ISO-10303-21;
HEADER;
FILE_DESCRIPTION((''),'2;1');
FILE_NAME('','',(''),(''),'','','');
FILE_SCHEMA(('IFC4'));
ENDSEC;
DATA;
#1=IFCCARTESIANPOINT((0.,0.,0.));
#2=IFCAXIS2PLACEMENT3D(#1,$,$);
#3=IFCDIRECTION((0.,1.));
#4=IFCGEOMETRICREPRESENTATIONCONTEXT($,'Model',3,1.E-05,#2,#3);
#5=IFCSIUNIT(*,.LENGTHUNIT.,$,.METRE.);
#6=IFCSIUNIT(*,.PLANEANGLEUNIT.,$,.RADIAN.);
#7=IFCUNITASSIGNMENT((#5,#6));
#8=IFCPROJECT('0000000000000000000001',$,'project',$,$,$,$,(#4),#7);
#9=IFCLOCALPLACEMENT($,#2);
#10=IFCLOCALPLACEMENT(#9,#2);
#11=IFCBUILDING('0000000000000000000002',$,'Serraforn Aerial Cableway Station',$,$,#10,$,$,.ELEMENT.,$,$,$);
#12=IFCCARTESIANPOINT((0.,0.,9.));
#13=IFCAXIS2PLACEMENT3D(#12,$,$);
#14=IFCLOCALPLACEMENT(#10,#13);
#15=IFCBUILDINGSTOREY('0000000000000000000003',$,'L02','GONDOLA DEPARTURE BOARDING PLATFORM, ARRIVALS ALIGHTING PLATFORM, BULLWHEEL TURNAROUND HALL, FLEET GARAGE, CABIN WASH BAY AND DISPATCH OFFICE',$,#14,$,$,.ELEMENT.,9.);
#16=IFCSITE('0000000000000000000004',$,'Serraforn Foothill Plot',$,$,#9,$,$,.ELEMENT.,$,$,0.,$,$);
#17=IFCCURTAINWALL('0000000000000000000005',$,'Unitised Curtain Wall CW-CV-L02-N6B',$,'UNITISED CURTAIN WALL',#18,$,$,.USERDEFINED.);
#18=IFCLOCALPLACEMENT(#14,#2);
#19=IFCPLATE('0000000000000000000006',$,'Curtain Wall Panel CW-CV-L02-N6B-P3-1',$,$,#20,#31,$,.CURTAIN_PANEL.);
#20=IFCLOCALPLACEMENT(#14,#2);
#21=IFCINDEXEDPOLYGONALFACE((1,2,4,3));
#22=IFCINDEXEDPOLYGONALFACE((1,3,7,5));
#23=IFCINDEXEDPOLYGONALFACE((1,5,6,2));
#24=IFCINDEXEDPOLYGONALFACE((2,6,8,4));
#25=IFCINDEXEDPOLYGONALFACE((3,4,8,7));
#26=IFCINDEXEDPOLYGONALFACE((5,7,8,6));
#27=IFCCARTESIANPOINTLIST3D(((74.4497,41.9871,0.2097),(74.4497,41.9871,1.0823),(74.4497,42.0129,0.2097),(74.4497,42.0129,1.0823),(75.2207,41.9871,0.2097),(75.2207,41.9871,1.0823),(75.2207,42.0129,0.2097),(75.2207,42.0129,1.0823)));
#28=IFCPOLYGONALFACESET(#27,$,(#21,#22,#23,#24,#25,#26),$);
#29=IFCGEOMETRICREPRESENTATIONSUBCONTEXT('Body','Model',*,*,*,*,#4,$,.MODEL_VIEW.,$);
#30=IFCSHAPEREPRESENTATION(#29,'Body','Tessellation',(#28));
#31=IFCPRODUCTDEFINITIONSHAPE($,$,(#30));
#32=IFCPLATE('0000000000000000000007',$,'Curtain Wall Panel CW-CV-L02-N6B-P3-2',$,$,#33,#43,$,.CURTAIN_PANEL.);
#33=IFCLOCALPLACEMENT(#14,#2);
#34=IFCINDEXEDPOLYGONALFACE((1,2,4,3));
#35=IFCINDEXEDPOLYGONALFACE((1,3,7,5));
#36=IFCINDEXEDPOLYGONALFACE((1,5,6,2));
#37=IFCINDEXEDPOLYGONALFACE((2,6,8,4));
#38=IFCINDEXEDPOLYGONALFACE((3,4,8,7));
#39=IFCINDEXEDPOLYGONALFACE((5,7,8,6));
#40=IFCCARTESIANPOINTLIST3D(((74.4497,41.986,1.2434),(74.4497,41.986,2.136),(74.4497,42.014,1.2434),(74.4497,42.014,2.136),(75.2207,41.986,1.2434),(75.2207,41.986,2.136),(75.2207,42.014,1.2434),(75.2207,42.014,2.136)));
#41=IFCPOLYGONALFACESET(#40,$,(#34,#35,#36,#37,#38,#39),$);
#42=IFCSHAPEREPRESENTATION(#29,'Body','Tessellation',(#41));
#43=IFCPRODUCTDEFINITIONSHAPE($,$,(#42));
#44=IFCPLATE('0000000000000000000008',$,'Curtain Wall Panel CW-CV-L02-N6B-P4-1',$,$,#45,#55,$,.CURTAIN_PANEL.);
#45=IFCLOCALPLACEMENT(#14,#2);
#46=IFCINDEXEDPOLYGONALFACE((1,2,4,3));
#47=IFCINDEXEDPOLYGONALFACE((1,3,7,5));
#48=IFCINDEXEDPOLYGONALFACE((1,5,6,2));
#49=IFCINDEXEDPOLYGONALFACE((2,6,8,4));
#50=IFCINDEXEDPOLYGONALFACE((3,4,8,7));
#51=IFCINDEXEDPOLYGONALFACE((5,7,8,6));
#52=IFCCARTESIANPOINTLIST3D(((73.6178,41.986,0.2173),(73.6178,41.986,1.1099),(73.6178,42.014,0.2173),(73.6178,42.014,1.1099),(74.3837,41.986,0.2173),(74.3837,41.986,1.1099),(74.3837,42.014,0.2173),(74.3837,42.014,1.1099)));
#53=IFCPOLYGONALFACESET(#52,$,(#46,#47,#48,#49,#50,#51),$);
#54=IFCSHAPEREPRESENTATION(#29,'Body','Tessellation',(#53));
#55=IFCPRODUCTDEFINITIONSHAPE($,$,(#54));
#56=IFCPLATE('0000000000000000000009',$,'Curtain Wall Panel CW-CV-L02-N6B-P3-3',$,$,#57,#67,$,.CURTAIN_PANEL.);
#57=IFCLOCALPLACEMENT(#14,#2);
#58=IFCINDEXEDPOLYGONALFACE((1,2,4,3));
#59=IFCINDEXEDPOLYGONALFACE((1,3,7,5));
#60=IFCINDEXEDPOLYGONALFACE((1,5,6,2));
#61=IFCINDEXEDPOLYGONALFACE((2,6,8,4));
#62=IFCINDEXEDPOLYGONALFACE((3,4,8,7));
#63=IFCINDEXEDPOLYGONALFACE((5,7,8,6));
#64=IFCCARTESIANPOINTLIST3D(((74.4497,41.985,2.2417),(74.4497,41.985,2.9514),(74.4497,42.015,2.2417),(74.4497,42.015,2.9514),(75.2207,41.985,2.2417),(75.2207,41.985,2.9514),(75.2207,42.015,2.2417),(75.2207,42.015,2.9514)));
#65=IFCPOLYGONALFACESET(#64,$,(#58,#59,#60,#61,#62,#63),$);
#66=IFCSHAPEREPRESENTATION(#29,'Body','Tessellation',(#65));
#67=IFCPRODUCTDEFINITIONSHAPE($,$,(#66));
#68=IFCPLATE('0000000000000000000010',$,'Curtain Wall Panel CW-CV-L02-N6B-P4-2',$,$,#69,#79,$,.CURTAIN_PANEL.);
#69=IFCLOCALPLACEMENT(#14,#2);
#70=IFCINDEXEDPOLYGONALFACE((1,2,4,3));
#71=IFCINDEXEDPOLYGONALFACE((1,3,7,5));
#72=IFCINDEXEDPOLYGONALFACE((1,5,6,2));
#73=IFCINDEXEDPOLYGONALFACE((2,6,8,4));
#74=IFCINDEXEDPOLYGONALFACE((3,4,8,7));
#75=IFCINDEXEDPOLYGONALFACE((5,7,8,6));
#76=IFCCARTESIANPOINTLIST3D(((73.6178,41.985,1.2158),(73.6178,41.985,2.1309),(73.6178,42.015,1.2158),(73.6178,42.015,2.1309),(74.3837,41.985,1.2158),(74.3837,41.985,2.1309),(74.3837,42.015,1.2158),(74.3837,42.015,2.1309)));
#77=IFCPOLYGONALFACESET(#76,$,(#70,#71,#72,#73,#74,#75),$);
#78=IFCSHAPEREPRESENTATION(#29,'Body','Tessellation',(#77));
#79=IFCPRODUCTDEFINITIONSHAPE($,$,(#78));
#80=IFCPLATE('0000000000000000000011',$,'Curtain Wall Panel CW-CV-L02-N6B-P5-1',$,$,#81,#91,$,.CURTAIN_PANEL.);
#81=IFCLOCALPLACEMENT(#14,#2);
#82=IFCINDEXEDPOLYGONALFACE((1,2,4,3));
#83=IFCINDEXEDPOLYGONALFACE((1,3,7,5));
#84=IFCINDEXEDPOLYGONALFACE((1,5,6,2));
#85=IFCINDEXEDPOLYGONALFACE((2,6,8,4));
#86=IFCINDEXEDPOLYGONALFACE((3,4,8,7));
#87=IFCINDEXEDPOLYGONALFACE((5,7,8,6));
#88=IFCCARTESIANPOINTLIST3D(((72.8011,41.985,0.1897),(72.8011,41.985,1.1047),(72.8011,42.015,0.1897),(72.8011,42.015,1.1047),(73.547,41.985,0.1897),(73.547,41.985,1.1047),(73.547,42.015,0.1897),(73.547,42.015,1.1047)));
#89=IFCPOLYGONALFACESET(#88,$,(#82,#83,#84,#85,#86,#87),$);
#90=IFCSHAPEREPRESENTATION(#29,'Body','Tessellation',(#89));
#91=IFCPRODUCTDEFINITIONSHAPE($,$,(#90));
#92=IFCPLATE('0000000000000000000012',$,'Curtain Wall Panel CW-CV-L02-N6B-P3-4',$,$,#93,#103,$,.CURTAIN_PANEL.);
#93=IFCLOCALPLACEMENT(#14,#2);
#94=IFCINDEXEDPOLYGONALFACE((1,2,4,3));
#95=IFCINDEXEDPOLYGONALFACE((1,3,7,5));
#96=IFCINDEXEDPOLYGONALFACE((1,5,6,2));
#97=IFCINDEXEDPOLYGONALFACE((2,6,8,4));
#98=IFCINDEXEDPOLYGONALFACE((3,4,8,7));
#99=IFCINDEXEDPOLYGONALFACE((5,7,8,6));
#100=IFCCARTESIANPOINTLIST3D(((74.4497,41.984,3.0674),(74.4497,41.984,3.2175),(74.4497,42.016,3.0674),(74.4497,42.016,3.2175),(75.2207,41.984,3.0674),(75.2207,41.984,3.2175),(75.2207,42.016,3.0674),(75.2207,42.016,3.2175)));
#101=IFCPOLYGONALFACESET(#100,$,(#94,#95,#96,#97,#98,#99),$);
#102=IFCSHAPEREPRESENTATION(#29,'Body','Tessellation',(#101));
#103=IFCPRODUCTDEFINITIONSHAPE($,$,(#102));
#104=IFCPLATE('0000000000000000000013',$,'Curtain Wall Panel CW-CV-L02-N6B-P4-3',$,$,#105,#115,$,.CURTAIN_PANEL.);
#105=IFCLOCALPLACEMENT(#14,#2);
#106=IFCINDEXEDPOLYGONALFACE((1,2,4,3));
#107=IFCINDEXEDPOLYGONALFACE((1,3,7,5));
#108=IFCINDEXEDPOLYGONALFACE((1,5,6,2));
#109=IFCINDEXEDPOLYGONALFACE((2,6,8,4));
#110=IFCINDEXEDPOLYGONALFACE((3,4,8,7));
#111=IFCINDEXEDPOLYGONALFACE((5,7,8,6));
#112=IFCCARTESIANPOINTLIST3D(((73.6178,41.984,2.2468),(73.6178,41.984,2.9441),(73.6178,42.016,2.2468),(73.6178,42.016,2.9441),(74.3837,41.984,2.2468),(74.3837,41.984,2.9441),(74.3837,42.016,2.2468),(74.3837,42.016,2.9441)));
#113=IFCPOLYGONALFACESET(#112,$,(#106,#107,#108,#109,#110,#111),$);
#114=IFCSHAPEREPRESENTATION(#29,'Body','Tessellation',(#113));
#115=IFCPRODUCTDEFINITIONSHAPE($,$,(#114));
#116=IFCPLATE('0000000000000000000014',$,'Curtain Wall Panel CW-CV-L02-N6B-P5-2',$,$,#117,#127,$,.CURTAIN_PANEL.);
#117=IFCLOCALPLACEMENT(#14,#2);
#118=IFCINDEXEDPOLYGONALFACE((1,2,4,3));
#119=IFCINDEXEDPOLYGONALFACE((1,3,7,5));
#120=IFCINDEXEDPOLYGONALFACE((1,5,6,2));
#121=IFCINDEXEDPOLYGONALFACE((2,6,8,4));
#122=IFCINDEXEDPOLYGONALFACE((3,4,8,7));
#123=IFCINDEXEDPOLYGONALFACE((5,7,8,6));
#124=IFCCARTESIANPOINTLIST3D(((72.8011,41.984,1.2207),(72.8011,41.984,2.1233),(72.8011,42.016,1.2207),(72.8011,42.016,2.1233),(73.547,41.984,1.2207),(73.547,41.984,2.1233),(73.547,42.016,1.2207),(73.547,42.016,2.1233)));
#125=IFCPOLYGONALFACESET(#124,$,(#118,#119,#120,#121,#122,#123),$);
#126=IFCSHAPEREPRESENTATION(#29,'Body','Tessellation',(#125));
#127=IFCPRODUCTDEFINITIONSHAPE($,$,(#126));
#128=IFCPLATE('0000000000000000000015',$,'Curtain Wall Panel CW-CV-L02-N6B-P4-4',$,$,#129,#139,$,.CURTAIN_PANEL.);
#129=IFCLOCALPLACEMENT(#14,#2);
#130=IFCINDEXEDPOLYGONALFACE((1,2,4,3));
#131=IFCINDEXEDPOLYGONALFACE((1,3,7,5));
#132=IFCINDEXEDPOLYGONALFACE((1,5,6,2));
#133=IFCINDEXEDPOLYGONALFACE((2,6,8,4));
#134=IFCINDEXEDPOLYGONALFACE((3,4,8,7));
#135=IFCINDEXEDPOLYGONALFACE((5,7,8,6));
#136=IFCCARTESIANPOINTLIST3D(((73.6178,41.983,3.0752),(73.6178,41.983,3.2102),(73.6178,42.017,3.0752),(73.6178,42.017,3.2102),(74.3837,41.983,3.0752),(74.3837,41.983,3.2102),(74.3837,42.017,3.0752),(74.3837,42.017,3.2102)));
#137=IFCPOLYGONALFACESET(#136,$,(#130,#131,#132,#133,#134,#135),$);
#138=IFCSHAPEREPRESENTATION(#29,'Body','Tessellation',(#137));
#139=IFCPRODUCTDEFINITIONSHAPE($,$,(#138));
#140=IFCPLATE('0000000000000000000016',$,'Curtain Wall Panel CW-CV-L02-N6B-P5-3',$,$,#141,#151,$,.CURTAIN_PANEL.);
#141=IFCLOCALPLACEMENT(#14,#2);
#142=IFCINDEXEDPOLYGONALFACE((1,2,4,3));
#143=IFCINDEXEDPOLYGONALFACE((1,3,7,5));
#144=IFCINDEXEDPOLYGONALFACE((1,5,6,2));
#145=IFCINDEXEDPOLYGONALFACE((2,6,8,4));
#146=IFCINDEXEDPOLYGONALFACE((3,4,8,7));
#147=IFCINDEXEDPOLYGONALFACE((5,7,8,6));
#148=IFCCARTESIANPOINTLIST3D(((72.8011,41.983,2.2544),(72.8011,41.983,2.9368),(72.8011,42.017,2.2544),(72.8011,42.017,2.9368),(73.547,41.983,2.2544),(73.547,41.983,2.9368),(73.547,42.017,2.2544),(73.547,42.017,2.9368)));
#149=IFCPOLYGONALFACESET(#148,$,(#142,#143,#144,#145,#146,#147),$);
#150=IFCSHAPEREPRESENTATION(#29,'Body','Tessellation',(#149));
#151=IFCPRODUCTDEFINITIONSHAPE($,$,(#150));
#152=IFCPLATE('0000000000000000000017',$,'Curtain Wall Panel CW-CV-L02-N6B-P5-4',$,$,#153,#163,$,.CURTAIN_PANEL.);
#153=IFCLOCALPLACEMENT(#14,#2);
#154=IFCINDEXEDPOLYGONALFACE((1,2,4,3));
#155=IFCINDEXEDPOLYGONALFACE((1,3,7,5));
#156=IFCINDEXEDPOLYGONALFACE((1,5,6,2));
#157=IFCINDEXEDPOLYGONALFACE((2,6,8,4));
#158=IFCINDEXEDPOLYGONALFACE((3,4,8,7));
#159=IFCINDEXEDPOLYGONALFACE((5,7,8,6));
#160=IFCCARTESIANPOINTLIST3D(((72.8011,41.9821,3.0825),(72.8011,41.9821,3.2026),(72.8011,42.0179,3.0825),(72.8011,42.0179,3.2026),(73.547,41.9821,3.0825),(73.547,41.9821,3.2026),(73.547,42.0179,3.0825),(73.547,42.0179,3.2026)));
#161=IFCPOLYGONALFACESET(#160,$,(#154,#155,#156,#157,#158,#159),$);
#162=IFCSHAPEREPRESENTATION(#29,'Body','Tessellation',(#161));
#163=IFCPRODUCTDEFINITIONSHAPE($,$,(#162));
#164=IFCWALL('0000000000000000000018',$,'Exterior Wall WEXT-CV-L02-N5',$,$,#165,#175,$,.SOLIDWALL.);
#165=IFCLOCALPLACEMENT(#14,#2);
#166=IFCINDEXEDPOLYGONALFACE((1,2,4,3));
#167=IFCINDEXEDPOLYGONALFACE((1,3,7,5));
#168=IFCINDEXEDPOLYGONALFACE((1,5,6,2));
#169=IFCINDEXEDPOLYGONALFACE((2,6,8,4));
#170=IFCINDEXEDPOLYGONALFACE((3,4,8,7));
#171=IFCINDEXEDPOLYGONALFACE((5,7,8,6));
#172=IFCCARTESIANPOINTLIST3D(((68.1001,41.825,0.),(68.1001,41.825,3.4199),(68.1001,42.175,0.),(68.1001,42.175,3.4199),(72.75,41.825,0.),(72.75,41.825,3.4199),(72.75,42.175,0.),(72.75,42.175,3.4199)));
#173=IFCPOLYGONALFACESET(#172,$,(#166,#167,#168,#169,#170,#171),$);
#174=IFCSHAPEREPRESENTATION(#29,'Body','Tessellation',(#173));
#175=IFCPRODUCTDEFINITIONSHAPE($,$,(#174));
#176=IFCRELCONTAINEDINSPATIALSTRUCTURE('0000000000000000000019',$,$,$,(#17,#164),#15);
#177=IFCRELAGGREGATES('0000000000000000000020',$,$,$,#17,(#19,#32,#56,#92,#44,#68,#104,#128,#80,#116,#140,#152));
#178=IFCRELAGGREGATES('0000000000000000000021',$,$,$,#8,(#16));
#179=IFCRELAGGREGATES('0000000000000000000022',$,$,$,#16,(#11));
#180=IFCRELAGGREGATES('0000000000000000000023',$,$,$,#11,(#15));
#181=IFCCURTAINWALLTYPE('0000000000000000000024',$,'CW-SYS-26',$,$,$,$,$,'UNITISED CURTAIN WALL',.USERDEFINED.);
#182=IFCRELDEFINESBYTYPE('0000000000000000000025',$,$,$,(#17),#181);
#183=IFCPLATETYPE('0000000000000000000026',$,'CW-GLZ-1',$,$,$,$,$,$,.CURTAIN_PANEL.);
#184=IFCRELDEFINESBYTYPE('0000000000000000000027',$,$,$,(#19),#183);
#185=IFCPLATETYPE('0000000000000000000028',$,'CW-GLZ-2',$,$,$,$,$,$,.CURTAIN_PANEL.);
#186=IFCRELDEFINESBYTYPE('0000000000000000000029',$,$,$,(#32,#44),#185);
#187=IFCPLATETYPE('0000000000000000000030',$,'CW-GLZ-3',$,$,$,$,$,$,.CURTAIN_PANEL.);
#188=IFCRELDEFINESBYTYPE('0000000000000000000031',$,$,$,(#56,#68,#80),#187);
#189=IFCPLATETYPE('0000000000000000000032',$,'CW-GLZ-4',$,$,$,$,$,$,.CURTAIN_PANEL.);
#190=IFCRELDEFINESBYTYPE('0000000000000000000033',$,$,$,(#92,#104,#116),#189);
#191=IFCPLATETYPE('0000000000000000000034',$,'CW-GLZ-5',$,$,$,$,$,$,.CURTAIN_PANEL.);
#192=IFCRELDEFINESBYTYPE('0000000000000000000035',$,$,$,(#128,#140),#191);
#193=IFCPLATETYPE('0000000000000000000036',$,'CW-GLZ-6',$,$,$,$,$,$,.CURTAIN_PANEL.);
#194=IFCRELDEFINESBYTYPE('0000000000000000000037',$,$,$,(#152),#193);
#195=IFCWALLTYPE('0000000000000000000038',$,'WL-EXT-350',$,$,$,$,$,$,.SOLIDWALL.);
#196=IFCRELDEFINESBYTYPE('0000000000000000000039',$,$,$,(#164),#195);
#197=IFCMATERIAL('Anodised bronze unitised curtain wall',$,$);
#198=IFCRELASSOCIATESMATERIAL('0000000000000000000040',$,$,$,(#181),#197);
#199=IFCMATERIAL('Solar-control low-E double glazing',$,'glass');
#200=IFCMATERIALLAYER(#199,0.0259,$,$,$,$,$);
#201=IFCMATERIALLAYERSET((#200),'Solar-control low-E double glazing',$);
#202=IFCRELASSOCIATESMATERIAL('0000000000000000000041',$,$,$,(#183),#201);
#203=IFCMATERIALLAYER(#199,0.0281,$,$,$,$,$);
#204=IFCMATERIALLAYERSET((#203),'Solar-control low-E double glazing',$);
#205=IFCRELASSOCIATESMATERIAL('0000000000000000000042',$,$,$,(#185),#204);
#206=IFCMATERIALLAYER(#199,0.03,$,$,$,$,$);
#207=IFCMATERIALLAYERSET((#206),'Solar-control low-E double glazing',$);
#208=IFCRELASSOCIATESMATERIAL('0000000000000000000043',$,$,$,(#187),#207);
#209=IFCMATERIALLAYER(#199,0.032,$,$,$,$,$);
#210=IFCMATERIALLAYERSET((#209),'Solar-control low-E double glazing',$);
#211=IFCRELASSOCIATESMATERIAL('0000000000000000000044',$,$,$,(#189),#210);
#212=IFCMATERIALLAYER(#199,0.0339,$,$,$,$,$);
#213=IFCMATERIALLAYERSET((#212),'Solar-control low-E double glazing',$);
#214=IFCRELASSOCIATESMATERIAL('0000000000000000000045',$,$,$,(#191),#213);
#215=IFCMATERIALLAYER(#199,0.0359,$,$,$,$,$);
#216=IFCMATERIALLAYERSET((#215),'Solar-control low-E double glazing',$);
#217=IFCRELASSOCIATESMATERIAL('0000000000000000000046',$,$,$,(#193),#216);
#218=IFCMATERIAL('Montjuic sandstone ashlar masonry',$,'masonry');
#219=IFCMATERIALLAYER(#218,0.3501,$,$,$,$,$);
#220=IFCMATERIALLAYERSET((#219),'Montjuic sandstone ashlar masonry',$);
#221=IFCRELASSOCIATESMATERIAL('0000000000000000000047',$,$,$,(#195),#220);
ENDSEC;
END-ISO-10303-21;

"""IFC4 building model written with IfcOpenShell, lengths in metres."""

from ifc_helpers import new_model, si_unit, direction, frame, frame_2d, origin, origin_2d, place, context, subcontext, project, spatial, rectangle, extrude, material, layer, layer_set, type_object, element, aggregate, save


model = new_model("IFC4")

# Units and contexts
model_context = context("Model", 3, precision=1e-05, world=origin(), true_north=direction((0.0, 1.0)))
body_context = subcontext(model_context, "Body", "Model", "MODEL_VIEW")
ifc_project = project(units=[si_unit("LENGTHUNIT", "METRE"), si_unit("PLANEANGLEUNIT", "RADIAN")], contexts=[model_context])

# Site, building, storey
site_placement = place(None, origin())
site = spatial("IfcSite", under=ifc_project, at=site_placement, Name="Serraforn Foothill Plot", CompositionType="ELEMENT", RefElevation=0.0)
building_placement = place(site_placement, origin())
building = spatial("IfcBuilding", under=site, at=building_placement, Name="Serraforn Aerial Cableway Station", CompositionType="ELEMENT")
storey_placement = place(building_placement, frame((0.0, 0.0, 9.0)))
storey = spatial("IfcBuildingStorey", under=building, at=storey_placement, Name="L02", Description="GONDOLA DEPARTURE BOARDING PLATFORM, ARRIVALS ALIGHTING PLATFORM, BULLWHEEL TURNAROUND HALL, FLEET GARAGE, CABIN WASH BAY AND DISPATCH OFFICE", CompositionType="ELEMENT", Elevation=9.0)

# Curtain wall, plates
ifc_material_1 = material(Name="Anodised bronze unitised curtain wall")
curtain_wall_type = type_object("IfcCurtainWallType", Name="CW-SYS-26", ElementType="UNITISED CURTAIN WALL", PredefinedType="USERDEFINED", material=ifc_material_1)
curtain_wall_placement = place(storey_placement, origin())
curtain_wall = element("IfcCurtainWall", 1, at=curtain_wall_placement, inside=storey, type_object=curtain_wall_type, Name="Unitised Curtain Wall CW-CV-L02-N6B", ObjectType="UNITISED CURTAIN WALL", PredefinedType="USERDEFINED")
ifc_material_2 = material(Name="Solar-control low-E double glazing", Category="glass")
ifc_layer_1 = layer(ifc_material_2, 0.0259)
ifc_layer_set_1 = layer_set([ifc_layer_1], Name="Solar-control low-E double glazing")
plate_type_1 = type_object("IfcPlateType", Name="CW-GLZ-1", PredefinedType="CURTAIN_PANEL", material=ifc_layer_set_1)
plate_1_placement = place(storey_placement, frame((74.8352, 42.0, 0.2097), z_axis=(0.0, 0.0, 1.0), x_axis=(1.0, 0.0, 0.0)))
plate_1 = element("IfcPlate", 2, at=plate_1_placement, type_object=plate_type_1, Name="Curtain Wall Panel CW-CV-L02-N6B-P3-1", PredefinedType="CURTAIN_PANEL", context=body_context, shape_type="SweptSolid", body=[
    extrude(rectangle(XDim=0.771, YDim=0.0259, at=origin_2d()), origin(), (0.0, 0.0, 1.0), 0.8726),
])
ifc_layer_2 = layer(ifc_material_2, 0.0281)
ifc_layer_set_2 = layer_set([ifc_layer_2], Name="Solar-control low-E double glazing")
plate_type_2 = type_object("IfcPlateType", Name="CW-GLZ-2", PredefinedType="CURTAIN_PANEL", material=ifc_layer_set_2)
plate_2_placement = place(storey_placement, frame((74.8352, 42.0, 1.2434), z_axis=(0.0, 0.0, 1.0), x_axis=(1.0, 0.0, 0.0)))
plate_2 = element("IfcPlate", 3, at=plate_2_placement, type_object=plate_type_2, Name="Curtain Wall Panel CW-CV-L02-N6B-P3-2", PredefinedType="CURTAIN_PANEL", context=body_context, shape_type="SweptSolid", body=[
    extrude(rectangle(XDim=0.771, YDim=0.0281, at=origin_2d()), origin(), (0.0, 0.0, 1.0), 0.8926),
])
plate_3_placement = place(storey_placement, frame((74.0007, 42.0, 0.2173), z_axis=(0.0, 0.0, 1.0), x_axis=(1.0, 0.0, 0.0)))
plate_3 = element("IfcPlate", 4, at=plate_3_placement, type_object=plate_type_2, Name="Curtain Wall Panel CW-CV-L02-N6B-P4-1", PredefinedType="CURTAIN_PANEL", context=body_context, shape_type="SweptSolid", body=[
    extrude(rectangle(XDim=0.7659, YDim=0.0281, at=origin_2d()), origin(), (0.0, 0.0, 1.0), 0.8926),
])
ifc_layer_3 = layer(ifc_material_2, 0.03)
ifc_layer_set_3 = layer_set([ifc_layer_3], Name="Solar-control low-E double glazing")
plate_type_3 = type_object("IfcPlateType", Name="CW-GLZ-3", PredefinedType="CURTAIN_PANEL", material=ifc_layer_set_3)
plate_4_placement = place(storey_placement, frame((74.8352, 42.0, 2.2417), z_axis=(0.0, 0.0, 1.0), x_axis=(1.0, 0.0, 0.0)))
plate_4 = element("IfcPlate", 5, at=plate_4_placement, type_object=plate_type_3, Name="Curtain Wall Panel CW-CV-L02-N6B-P3-3", PredefinedType="CURTAIN_PANEL", context=body_context, shape_type="SweptSolid", body=[
    extrude(rectangle(XDim=0.771, YDim=0.03, at=origin_2d()), origin(), (0.0, 0.0, 1.0), 0.7097),
])
plate_5_placement = place(storey_placement, frame((74.0007, 42.0, 1.2158), z_axis=(0.0, 0.0, 1.0), x_axis=(1.0, 0.0, 0.0)))
plate_5 = element("IfcPlate", 6, at=plate_5_placement, type_object=plate_type_3, Name="Curtain Wall Panel CW-CV-L02-N6B-P4-2", PredefinedType="CURTAIN_PANEL", context=body_context, shape_type="SweptSolid", body=[
    extrude(rectangle(XDim=0.7659, YDim=0.03, at=origin_2d()), origin(), (0.0, 0.0, 1.0), 0.915),
])
plate_6_placement = place(storey_placement, frame((73.1741, 42.0, 0.1897), z_axis=(0.0, 0.0, 1.0), x_axis=(1.0, 0.0, 0.0)))
plate_6 = element("IfcPlate", 7, at=plate_6_placement, type_object=plate_type_3, Name="Curtain Wall Panel CW-CV-L02-N6B-P5-1", PredefinedType="CURTAIN_PANEL", context=body_context, shape_type="SweptSolid", body=[
    extrude(rectangle(XDim=0.7458, YDim=0.03, at=origin_2d()), origin(), (0.0, 0.0, 1.0), 0.915),
])
ifc_layer_4 = layer(ifc_material_2, 0.032)
ifc_layer_set_4 = layer_set([ifc_layer_4], Name="Solar-control low-E double glazing")
plate_type_4 = type_object("IfcPlateType", Name="CW-GLZ-4", PredefinedType="CURTAIN_PANEL", material=ifc_layer_set_4)
plate_7_placement = place(storey_placement, frame((74.8352, 42.0, 3.0674), z_axis=(0.0, 0.0, 1.0), x_axis=(1.0, 0.0, 0.0)))
plate_7 = element("IfcPlate", 8, at=plate_7_placement, type_object=plate_type_4, Name="Curtain Wall Panel CW-CV-L02-N6B-P3-4", PredefinedType="CURTAIN_PANEL", context=body_context, shape_type="SweptSolid", body=[
    extrude(rectangle(XDim=0.771, YDim=0.032, at=origin_2d()), origin(), (0.0, 0.0, 1.0), 0.1501),
])
plate_8_placement = place(storey_placement, frame((74.0007, 42.0, 2.2468), z_axis=(0.0, 0.0, 1.0), x_axis=(1.0, 0.0, 0.0)))
plate_8 = element("IfcPlate", 9, at=plate_8_placement, type_object=plate_type_4, Name="Curtain Wall Panel CW-CV-L02-N6B-P4-3", PredefinedType="CURTAIN_PANEL", context=body_context, shape_type="SweptSolid", body=[
    extrude(rectangle(XDim=0.7659, YDim=0.032, at=origin_2d()), origin(), (0.0, 0.0, 1.0), 0.6973),
])
plate_9_placement = place(storey_placement, frame((73.1741, 42.0, 1.2207), z_axis=(0.0, 0.0, 1.0), x_axis=(1.0, 0.0, 0.0)))
plate_9 = element("IfcPlate", 10, at=plate_9_placement, type_object=plate_type_4, Name="Curtain Wall Panel CW-CV-L02-N6B-P5-2", PredefinedType="CURTAIN_PANEL", context=body_context, shape_type="SweptSolid", body=[
    extrude(rectangle(XDim=0.7458, YDim=0.032, at=origin_2d()), origin(), (0.0, 0.0, 1.0), 0.9026),
])
ifc_layer_5 = layer(ifc_material_2, 0.0339)
ifc_layer_set_5 = layer_set([ifc_layer_5], Name="Solar-control low-E double glazing")
plate_type_5 = type_object("IfcPlateType", Name="CW-GLZ-5", PredefinedType="CURTAIN_PANEL", material=ifc_layer_set_5)
plate_10_placement = place(storey_placement, frame((74.0007, 42.0, 3.0752), z_axis=(0.0, 0.0, 1.0), x_axis=(1.0, 0.0, 0.0)))
plate_10 = element("IfcPlate", 11, at=plate_10_placement, type_object=plate_type_5, Name="Curtain Wall Panel CW-CV-L02-N6B-P4-4", PredefinedType="CURTAIN_PANEL", context=body_context, shape_type="SweptSolid", body=[
    extrude(rectangle(XDim=0.7659, YDim=0.0339, at=origin_2d()), origin(), (0.0, 0.0, 1.0), 0.135),
])
plate_11_placement = place(storey_placement, frame((73.1741, 42.0, 2.2544), z_axis=(0.0, 0.0, 1.0), x_axis=(1.0, 0.0, 0.0)))
plate_11 = element("IfcPlate", 12, at=plate_11_placement, type_object=plate_type_5, Name="Curtain Wall Panel CW-CV-L02-N6B-P5-3", PredefinedType="CURTAIN_PANEL", context=body_context, shape_type="SweptSolid", body=[
    extrude(rectangle(XDim=0.7458, YDim=0.0339, at=origin_2d()), origin(), (0.0, 0.0, 1.0), 0.6824),
])
ifc_layer_6 = layer(ifc_material_2, 0.0359)
ifc_layer_set_6 = layer_set([ifc_layer_6], Name="Solar-control low-E double glazing")
plate_type_6 = type_object("IfcPlateType", Name="CW-GLZ-6", PredefinedType="CURTAIN_PANEL", material=ifc_layer_set_6)
plate_12_placement = place(storey_placement, frame((73.1741, 42.0, 3.0825), z_axis=(0.0, 0.0, 1.0), x_axis=(1.0, 0.0, 0.0)))
plate_12 = element("IfcPlate", 13, at=plate_12_placement, type_object=plate_type_6, Name="Curtain Wall Panel CW-CV-L02-N6B-P5-4", PredefinedType="CURTAIN_PANEL", context=body_context, shape_type="SweptSolid", body=[
    extrude(rectangle(XDim=0.7458, YDim=0.0359, at=origin_2d()), origin(), (0.0, 0.0, 1.0), 0.1201),
])
aggregate(curtain_wall, [plate_1, plate_2, plate_4, plate_7, plate_3, plate_5, plate_8, plate_10, plate_6, plate_9, plate_11, plate_12])

# Wall
ifc_material_3 = material(Name="Montjuic sandstone ashlar masonry", Category="masonry")
ifc_layer_7 = layer(ifc_material_3, 0.3501)
ifc_layer_set_7 = layer_set([ifc_layer_7], Name="Montjuic sandstone ashlar masonry")
wall_type_1 = type_object("IfcWallType", Name="WL-EXT-350", PredefinedType="SOLIDWALL", material=ifc_layer_set_7)
wall_1_placement = place(storey_placement, frame((72.75, 42.0, 0.0), z_axis=(0.0, 0.0, 1.0), x_axis=(-1.0, 0.0, 0.0)))
element("IfcWall", 14, at=wall_1_placement, inside=storey, type_object=wall_type_1, Name="Exterior Wall WEXT-CV-L02-N5", PredefinedType="SOLIDWALL", context=body_context, shape_type="SweptSolid", body=[
    extrude(rectangle(XDim=4.6499, YDim=0.3501, at=frame_2d((2.325, 0.0))), origin(), (0.0, 0.0, 1.0), 3.4199),
])

save(model, "model.ifc")
